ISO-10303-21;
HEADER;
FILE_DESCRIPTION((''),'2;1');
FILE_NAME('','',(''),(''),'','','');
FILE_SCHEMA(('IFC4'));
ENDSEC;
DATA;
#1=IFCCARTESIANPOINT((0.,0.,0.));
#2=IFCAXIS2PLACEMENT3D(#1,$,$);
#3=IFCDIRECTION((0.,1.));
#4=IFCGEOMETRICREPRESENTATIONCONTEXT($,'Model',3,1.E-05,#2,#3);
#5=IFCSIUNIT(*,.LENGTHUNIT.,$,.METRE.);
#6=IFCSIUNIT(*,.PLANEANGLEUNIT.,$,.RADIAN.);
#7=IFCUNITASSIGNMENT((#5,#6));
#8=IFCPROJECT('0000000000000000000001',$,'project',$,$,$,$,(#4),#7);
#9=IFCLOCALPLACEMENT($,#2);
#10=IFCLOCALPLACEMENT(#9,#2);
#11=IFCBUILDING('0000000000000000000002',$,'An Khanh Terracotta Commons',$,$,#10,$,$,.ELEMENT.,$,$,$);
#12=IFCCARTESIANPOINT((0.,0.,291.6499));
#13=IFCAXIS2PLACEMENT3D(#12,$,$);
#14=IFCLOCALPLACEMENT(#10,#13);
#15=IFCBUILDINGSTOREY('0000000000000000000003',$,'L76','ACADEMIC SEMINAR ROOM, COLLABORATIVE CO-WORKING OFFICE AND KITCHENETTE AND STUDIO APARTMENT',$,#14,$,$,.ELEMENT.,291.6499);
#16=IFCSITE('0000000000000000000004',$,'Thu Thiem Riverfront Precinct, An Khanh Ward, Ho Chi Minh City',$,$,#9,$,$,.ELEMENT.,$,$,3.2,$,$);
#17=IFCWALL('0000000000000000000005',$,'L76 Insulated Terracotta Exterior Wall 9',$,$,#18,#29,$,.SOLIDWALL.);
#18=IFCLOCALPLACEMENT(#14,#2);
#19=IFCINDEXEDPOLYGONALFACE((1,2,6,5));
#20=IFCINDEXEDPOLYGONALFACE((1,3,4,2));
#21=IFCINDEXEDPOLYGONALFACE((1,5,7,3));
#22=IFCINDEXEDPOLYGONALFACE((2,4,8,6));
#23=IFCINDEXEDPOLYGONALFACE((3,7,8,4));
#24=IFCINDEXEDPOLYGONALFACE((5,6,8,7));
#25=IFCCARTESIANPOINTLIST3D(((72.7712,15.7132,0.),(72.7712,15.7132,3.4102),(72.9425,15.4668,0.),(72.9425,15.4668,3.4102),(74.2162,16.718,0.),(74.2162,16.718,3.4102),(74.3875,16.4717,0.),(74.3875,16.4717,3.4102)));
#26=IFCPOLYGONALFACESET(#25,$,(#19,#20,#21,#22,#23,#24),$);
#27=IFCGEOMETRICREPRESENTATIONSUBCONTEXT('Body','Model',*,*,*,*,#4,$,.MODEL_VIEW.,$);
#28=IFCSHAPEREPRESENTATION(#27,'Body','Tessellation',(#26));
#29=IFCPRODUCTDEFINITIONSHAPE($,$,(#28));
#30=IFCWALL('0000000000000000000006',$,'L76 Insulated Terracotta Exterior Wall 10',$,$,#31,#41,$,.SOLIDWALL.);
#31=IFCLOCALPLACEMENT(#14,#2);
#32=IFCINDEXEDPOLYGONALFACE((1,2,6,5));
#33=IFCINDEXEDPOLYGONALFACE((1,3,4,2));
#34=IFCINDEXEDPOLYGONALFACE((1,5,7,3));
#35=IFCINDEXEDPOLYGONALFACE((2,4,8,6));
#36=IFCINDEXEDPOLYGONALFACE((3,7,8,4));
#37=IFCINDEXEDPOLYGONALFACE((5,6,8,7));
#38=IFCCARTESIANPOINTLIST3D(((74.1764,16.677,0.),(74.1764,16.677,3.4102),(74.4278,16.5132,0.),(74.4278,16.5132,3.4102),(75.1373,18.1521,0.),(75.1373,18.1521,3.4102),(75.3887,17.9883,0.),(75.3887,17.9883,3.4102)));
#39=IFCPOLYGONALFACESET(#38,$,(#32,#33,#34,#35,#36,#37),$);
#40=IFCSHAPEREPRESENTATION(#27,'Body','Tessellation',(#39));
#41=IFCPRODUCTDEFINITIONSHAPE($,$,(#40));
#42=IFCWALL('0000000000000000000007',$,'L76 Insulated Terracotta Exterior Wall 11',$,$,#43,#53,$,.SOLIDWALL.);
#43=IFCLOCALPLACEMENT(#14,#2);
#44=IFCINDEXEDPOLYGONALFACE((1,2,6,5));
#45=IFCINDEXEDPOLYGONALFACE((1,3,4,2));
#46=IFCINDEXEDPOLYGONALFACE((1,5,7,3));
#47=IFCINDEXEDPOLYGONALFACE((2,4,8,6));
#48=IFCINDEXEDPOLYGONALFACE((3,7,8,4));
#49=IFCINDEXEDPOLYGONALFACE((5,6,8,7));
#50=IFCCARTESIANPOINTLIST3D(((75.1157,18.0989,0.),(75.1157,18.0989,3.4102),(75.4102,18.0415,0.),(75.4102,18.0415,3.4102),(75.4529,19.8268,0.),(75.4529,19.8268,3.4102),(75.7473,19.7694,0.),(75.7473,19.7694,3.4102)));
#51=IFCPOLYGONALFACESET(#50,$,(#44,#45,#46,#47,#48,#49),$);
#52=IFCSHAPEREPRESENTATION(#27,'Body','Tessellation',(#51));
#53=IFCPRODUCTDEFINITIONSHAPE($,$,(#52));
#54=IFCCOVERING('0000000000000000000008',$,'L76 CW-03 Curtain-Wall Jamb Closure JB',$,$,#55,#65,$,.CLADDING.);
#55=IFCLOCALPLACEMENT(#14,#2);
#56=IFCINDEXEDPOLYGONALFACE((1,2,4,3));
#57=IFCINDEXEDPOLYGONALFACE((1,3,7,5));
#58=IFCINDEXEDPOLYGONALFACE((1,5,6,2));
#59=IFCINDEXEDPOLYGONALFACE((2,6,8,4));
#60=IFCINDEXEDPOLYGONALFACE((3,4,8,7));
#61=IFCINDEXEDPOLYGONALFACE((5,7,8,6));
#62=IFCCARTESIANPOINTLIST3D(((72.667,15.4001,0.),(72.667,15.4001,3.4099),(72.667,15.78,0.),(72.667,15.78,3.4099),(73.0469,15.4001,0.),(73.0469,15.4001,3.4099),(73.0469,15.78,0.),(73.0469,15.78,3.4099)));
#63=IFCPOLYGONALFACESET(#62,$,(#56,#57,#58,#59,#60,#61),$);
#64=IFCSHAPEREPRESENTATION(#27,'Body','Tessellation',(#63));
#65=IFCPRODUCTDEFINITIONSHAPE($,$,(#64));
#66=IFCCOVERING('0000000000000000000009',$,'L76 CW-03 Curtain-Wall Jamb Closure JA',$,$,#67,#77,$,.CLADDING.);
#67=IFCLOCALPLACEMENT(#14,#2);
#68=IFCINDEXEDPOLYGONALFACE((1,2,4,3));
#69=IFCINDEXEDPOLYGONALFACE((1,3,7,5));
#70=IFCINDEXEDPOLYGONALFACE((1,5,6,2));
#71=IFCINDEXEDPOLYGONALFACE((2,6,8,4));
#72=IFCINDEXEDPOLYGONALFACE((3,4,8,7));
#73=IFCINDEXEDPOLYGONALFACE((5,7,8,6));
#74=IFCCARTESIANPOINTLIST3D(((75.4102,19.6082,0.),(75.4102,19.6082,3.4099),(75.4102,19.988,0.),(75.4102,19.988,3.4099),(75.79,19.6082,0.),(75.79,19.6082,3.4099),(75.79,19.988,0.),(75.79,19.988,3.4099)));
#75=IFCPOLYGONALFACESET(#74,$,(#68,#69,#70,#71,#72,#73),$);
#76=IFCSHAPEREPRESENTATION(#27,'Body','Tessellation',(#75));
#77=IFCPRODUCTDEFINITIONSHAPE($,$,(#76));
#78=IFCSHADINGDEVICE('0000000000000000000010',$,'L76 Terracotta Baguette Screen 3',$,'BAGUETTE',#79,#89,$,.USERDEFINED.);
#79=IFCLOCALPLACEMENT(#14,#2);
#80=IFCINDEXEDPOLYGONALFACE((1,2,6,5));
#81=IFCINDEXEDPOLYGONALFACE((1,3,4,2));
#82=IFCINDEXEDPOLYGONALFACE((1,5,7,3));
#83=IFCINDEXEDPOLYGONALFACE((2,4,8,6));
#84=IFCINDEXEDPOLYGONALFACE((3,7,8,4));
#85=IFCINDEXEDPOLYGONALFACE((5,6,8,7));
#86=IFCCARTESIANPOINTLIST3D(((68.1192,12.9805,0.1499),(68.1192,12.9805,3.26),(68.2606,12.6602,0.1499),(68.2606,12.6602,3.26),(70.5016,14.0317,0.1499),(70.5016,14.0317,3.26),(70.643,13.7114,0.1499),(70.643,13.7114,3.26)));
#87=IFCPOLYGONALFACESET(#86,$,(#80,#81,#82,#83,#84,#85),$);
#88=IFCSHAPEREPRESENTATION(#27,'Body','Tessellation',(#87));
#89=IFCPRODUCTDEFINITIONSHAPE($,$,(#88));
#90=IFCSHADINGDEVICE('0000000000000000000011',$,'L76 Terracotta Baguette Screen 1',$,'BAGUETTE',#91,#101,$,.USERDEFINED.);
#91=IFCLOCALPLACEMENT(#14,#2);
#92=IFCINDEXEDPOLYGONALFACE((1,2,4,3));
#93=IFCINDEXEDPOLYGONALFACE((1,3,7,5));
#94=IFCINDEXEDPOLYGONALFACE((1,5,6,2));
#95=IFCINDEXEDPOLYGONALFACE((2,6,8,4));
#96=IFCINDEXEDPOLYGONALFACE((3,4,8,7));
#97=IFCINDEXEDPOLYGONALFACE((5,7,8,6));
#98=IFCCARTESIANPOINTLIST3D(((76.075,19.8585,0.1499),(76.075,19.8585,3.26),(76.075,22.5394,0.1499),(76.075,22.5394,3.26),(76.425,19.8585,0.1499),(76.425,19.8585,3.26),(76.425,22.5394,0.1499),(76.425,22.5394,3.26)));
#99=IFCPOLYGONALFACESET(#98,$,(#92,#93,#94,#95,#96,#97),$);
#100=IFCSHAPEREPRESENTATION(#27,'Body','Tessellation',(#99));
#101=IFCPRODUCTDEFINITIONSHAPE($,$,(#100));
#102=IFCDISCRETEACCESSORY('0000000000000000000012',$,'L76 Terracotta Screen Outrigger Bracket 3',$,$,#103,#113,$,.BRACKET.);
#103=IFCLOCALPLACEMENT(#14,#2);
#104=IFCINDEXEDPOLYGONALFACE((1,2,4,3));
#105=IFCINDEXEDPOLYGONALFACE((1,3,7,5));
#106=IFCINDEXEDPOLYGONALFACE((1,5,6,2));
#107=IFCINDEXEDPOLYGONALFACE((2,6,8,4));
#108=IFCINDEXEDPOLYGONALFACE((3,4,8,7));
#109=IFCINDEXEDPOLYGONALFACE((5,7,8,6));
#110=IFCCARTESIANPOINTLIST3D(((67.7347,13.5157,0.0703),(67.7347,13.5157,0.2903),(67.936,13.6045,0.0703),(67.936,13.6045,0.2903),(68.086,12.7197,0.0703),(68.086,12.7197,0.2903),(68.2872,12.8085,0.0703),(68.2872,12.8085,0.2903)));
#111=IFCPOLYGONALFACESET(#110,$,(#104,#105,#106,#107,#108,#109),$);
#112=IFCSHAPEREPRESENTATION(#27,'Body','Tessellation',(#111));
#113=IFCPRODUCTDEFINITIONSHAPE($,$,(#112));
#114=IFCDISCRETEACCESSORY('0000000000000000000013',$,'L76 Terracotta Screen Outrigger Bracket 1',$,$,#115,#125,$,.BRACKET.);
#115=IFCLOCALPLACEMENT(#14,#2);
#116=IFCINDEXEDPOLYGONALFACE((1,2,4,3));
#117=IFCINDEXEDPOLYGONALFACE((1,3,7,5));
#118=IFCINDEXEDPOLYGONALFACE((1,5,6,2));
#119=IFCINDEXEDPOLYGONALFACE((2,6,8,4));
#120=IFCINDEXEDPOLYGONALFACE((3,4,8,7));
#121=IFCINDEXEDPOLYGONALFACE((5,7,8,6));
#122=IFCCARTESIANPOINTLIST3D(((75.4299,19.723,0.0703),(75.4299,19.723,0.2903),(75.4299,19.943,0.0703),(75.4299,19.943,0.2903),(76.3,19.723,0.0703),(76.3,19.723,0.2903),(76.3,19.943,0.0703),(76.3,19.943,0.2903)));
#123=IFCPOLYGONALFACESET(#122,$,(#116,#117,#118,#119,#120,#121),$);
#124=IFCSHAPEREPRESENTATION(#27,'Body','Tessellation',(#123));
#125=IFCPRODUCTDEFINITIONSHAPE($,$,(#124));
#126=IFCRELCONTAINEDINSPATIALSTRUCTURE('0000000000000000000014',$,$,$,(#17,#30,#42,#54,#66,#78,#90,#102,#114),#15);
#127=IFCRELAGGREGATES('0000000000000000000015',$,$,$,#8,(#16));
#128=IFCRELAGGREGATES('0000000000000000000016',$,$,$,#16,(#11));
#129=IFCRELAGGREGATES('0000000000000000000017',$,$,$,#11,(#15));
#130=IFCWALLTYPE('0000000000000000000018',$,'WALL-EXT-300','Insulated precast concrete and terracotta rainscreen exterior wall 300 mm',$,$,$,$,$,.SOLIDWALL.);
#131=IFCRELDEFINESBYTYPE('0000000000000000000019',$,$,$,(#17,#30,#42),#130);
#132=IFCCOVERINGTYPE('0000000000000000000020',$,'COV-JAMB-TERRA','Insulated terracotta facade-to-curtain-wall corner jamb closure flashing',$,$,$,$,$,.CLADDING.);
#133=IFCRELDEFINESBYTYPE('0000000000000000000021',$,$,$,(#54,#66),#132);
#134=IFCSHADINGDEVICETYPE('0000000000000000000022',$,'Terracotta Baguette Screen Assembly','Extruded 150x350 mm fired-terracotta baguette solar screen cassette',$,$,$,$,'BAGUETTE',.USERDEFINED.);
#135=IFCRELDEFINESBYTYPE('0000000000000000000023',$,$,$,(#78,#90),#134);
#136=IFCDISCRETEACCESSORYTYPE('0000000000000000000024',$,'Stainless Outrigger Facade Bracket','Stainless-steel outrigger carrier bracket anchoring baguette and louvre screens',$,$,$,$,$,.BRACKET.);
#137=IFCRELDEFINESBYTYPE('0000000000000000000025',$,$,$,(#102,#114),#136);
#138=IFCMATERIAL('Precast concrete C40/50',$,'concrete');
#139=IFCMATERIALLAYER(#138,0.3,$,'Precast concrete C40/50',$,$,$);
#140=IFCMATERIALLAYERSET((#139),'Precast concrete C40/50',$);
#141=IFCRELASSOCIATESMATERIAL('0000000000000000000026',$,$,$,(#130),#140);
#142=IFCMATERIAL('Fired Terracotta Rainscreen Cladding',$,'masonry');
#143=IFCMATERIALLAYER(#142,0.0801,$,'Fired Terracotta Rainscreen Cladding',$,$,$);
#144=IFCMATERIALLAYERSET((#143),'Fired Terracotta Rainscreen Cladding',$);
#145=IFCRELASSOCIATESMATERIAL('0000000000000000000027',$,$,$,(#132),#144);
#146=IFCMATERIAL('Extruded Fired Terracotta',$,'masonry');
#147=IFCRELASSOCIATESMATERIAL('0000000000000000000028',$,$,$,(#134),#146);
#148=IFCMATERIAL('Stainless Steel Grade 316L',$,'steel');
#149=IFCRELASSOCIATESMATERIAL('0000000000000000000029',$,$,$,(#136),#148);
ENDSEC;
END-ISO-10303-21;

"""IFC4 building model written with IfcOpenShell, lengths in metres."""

from ifc_helpers import new_model, si_unit, direction, frame, frame_2d, origin, origin_2d, place, context, subcontext, project, spatial, rectangle, extrude, material, layer, layer_set, type_object, element, save


model = new_model("IFC4")

# Units and contexts
model_context = context("Model", 3, precision=1e-05, world=origin(), true_north=direction((0.0, 1.0)))
body_context = subcontext(model_context, "Body", "Model", "MODEL_VIEW")
ifc_project = project(units=[si_unit("LENGTHUNIT", "METRE"), si_unit("PLANEANGLEUNIT", "RADIAN")], contexts=[model_context])

# Site, building, storey
site_placement = place(None, origin())
site = spatial("IfcSite", under=ifc_project, at=site_placement, Name="Thu Thiem Riverfront Precinct, An Khanh Ward, Ho Chi Minh City", CompositionType="ELEMENT", RefElevation=3.2)
building_placement = place(site_placement, origin())
building = spatial("IfcBuilding", under=site, at=building_placement, Name="An Khanh Terracotta Commons", CompositionType="ELEMENT")
storey_placement = place(building_placement, frame((0.0, 0.0, 291.6499)))
storey = spatial("IfcBuildingStorey", under=building, at=storey_placement, Name="L76", Description="ACADEMIC SEMINAR ROOM, COLLABORATIVE CO-WORKING OFFICE AND KITCHENETTE AND STUDIO APARTMENT", CompositionType="ELEMENT", Elevation=291.6499)

# Walls
ifc_material_1 = material(Name="Precast concrete C40/50", Category="concrete")
ifc_layer_1 = layer(ifc_material_1, 0.3, Name="Precast concrete C40/50")
ifc_layer_set_1 = layer_set([ifc_layer_1], Name="Precast concrete C40/50")
wall_type = type_object("IfcWallType", Name="WALL-EXT-300", Description="Insulated precast concrete and terracotta rainscreen exterior wall 300 mm", PredefinedType="SOLIDWALL", material=ifc_layer_set_1)
wall_placement = place(storey_placement, frame((72.8569, 15.5901, 0.0), z_axis=(0.0, 0.0, 1.0), x_axis=(0.821007, 0.570918, 0.0)))
element("IfcWall", 1, at=wall_placement, inside=storey, type_object=wall_type, Name="L76 Insulated Terracotta Exterior Wall 9", PredefinedType="SOLIDWALL", context=body_context, shape_type="SweptSolid", body=[
    extrude(rectangle(XDim=1.76, YDim=0.3, at=frame_2d((0.8799, 0.0))), origin(), (0.0, 0.0, 1.0), 3.4102),
])
for number, where, z_axis, x_axis, name in (
    (2, (74.302, 16.595, 0.0), (0.0, 0.0, 1.0), (0.545836, 0.837892, 0.0), "L76 Insulated Terracotta Exterior Wall 10"),
    (3, (75.2629, 18.0701, 0.0), (0.0, 0.0, 1.0), (0.191501, 0.981492, 0.0), "L76 Insulated Terracotta Exterior Wall 11"),
):
    element("IfcWall", number, at=place(storey_placement, frame(where, z_axis=z_axis, x_axis=x_axis)), inside=storey, type_object=wall_type, Name=name, PredefinedType="SOLIDWALL", context=body_context, shape_type="SweptSolid", body=[
        extrude(rectangle(XDim=1.7605, YDim=0.3, at=frame_2d((0.8804, 0.0))), origin(), (0.0, 0.0, 1.0), 3.4102),
    ])

# Coverings
ifc_material_2 = material(Name="Fired Terracotta Rainscreen Cladding", Category="masonry")
ifc_layer_2 = layer(ifc_material_2, 0.0801, Name="Fired Terracotta Rainscreen Cladding")
ifc_layer_set_2 = layer_set([ifc_layer_2], Name="Fired Terracotta Rainscreen Cladding")
covering_type = type_object("IfcCoveringType", Name="COV-JAMB-TERRA", Description="Insulated terracotta facade-to-curtain-wall corner jamb closure flashing", PredefinedType="CLADDING", material=ifc_layer_set_2)
for number, where, z_axis, x_axis, name in (
    (4, (72.8569, 15.5901, 0.0), (0.0, 0.0, 1.0), (1.0, 0.0, 0.0), "L76 CW-03 Curtain-Wall Jamb Closure JB"),
    (5, (75.6001, 19.7981, 0.0), (0.0, 0.0, 1.0), (1.0, 0.0, 0.0), "L76 CW-03 Curtain-Wall Jamb Closure JA"),
):
    element("IfcCovering", number, at=place(storey_placement, frame(where, z_axis=z_axis, x_axis=x_axis)), inside=storey, type_object=covering_type, Name=name, PredefinedType="CLADDING", context=body_context, shape_type="SweptSolid", body=[
        extrude(rectangle(XDim=0.3799, YDim=0.3799, at=origin_2d()), origin(), (0.0, 0.0, 1.0), 3.4099),
    ])

# Shading devices
ifc_material_3 = material(Name="Extruded Fired Terracotta", Category="masonry")
shading_device_type = type_object("IfcShadingDeviceType", Name="Terracotta Baguette Screen Assembly", Description="Extruded 150x350 mm fired-terracotta baguette solar screen cassette", ElementType="BAGUETTE", PredefinedType="USERDEFINED", material=ifc_material_3)
shading_device_1_placement = place(storey_placement, frame((69.3811, 13.3459, 0.1499), z_axis=(0.0, 0.0, 1.0), x_axis=(0.914902, 0.403676, 0.0)))
element("IfcShadingDevice", 6, at=shading_device_1_placement, inside=storey, type_object=shading_device_type, Name="L76 Terracotta Baguette Screen 3", ObjectType="BAGUETTE", PredefinedType="USERDEFINED", context=body_context, shape_type="SweptSolid", body=[
    extrude(rectangle(XDim=2.604, YDim=0.3501, at=origin_2d()), origin(), (0.0, 0.0, 1.0), 3.1101),
])
shading_device_2_placement = place(storey_placement, frame((76.25, 21.199, 0.1499), z_axis=(0.0, 0.0, 1.0), x_axis=(0.0, 1.0, 0.0)))
element("IfcShadingDevice", 7, at=shading_device_2_placement, inside=storey, type_object=shading_device_type, Name="L76 Terracotta Baguette Screen 1", ObjectType="BAGUETTE", PredefinedType="USERDEFINED", context=body_context, shape_type="SweptSolid", body=[
    extrude(rectangle(XDim=2.6809, YDim=0.3501, at=origin_2d()), origin(), (0.0, 0.0, 1.0), 3.1101),
])

# Discrete accessories
ifc_material_4 = material(Name="Stainless Steel Grade 316L", Category="steel")
discrete_accessory_type = type_object("IfcDiscreteAccessoryType", Name="Stainless Outrigger Facade Bracket", Description="Stainless-steel outrigger carrier bracket anchoring baguette and louvre screens", PredefinedType="BRACKET", material=ifc_material_4)
for number, where, z_axis, x_axis, name in (
    (8, (68.011, 13.1621, 0.0703), (0.0, 0.0, 1.0), (0.914902, 0.403676, 0.0), "L76 Terracotta Screen Outrigger Bracket 3"),
    (9, (75.865, 19.833, 0.0703), (0.0, 0.0, 1.0), (0.0, 1.0, 0.0), "L76 Terracotta Screen Outrigger Bracket 1"),
):
    element("IfcDiscreteAccessory", number, at=place(storey_placement, frame(where, z_axis=z_axis, x_axis=x_axis)), inside=storey, type_object=discrete_accessory_type, Name=name, PredefinedType="BRACKET", context=body_context, shape_type="SweptSolid", body=[
        extrude(rectangle(XDim=0.22, YDim=0.8701, at=origin_2d()), origin(), (0.0, 0.0, 1.0), 0.22),
    ])

save(model, "model.ifc")
